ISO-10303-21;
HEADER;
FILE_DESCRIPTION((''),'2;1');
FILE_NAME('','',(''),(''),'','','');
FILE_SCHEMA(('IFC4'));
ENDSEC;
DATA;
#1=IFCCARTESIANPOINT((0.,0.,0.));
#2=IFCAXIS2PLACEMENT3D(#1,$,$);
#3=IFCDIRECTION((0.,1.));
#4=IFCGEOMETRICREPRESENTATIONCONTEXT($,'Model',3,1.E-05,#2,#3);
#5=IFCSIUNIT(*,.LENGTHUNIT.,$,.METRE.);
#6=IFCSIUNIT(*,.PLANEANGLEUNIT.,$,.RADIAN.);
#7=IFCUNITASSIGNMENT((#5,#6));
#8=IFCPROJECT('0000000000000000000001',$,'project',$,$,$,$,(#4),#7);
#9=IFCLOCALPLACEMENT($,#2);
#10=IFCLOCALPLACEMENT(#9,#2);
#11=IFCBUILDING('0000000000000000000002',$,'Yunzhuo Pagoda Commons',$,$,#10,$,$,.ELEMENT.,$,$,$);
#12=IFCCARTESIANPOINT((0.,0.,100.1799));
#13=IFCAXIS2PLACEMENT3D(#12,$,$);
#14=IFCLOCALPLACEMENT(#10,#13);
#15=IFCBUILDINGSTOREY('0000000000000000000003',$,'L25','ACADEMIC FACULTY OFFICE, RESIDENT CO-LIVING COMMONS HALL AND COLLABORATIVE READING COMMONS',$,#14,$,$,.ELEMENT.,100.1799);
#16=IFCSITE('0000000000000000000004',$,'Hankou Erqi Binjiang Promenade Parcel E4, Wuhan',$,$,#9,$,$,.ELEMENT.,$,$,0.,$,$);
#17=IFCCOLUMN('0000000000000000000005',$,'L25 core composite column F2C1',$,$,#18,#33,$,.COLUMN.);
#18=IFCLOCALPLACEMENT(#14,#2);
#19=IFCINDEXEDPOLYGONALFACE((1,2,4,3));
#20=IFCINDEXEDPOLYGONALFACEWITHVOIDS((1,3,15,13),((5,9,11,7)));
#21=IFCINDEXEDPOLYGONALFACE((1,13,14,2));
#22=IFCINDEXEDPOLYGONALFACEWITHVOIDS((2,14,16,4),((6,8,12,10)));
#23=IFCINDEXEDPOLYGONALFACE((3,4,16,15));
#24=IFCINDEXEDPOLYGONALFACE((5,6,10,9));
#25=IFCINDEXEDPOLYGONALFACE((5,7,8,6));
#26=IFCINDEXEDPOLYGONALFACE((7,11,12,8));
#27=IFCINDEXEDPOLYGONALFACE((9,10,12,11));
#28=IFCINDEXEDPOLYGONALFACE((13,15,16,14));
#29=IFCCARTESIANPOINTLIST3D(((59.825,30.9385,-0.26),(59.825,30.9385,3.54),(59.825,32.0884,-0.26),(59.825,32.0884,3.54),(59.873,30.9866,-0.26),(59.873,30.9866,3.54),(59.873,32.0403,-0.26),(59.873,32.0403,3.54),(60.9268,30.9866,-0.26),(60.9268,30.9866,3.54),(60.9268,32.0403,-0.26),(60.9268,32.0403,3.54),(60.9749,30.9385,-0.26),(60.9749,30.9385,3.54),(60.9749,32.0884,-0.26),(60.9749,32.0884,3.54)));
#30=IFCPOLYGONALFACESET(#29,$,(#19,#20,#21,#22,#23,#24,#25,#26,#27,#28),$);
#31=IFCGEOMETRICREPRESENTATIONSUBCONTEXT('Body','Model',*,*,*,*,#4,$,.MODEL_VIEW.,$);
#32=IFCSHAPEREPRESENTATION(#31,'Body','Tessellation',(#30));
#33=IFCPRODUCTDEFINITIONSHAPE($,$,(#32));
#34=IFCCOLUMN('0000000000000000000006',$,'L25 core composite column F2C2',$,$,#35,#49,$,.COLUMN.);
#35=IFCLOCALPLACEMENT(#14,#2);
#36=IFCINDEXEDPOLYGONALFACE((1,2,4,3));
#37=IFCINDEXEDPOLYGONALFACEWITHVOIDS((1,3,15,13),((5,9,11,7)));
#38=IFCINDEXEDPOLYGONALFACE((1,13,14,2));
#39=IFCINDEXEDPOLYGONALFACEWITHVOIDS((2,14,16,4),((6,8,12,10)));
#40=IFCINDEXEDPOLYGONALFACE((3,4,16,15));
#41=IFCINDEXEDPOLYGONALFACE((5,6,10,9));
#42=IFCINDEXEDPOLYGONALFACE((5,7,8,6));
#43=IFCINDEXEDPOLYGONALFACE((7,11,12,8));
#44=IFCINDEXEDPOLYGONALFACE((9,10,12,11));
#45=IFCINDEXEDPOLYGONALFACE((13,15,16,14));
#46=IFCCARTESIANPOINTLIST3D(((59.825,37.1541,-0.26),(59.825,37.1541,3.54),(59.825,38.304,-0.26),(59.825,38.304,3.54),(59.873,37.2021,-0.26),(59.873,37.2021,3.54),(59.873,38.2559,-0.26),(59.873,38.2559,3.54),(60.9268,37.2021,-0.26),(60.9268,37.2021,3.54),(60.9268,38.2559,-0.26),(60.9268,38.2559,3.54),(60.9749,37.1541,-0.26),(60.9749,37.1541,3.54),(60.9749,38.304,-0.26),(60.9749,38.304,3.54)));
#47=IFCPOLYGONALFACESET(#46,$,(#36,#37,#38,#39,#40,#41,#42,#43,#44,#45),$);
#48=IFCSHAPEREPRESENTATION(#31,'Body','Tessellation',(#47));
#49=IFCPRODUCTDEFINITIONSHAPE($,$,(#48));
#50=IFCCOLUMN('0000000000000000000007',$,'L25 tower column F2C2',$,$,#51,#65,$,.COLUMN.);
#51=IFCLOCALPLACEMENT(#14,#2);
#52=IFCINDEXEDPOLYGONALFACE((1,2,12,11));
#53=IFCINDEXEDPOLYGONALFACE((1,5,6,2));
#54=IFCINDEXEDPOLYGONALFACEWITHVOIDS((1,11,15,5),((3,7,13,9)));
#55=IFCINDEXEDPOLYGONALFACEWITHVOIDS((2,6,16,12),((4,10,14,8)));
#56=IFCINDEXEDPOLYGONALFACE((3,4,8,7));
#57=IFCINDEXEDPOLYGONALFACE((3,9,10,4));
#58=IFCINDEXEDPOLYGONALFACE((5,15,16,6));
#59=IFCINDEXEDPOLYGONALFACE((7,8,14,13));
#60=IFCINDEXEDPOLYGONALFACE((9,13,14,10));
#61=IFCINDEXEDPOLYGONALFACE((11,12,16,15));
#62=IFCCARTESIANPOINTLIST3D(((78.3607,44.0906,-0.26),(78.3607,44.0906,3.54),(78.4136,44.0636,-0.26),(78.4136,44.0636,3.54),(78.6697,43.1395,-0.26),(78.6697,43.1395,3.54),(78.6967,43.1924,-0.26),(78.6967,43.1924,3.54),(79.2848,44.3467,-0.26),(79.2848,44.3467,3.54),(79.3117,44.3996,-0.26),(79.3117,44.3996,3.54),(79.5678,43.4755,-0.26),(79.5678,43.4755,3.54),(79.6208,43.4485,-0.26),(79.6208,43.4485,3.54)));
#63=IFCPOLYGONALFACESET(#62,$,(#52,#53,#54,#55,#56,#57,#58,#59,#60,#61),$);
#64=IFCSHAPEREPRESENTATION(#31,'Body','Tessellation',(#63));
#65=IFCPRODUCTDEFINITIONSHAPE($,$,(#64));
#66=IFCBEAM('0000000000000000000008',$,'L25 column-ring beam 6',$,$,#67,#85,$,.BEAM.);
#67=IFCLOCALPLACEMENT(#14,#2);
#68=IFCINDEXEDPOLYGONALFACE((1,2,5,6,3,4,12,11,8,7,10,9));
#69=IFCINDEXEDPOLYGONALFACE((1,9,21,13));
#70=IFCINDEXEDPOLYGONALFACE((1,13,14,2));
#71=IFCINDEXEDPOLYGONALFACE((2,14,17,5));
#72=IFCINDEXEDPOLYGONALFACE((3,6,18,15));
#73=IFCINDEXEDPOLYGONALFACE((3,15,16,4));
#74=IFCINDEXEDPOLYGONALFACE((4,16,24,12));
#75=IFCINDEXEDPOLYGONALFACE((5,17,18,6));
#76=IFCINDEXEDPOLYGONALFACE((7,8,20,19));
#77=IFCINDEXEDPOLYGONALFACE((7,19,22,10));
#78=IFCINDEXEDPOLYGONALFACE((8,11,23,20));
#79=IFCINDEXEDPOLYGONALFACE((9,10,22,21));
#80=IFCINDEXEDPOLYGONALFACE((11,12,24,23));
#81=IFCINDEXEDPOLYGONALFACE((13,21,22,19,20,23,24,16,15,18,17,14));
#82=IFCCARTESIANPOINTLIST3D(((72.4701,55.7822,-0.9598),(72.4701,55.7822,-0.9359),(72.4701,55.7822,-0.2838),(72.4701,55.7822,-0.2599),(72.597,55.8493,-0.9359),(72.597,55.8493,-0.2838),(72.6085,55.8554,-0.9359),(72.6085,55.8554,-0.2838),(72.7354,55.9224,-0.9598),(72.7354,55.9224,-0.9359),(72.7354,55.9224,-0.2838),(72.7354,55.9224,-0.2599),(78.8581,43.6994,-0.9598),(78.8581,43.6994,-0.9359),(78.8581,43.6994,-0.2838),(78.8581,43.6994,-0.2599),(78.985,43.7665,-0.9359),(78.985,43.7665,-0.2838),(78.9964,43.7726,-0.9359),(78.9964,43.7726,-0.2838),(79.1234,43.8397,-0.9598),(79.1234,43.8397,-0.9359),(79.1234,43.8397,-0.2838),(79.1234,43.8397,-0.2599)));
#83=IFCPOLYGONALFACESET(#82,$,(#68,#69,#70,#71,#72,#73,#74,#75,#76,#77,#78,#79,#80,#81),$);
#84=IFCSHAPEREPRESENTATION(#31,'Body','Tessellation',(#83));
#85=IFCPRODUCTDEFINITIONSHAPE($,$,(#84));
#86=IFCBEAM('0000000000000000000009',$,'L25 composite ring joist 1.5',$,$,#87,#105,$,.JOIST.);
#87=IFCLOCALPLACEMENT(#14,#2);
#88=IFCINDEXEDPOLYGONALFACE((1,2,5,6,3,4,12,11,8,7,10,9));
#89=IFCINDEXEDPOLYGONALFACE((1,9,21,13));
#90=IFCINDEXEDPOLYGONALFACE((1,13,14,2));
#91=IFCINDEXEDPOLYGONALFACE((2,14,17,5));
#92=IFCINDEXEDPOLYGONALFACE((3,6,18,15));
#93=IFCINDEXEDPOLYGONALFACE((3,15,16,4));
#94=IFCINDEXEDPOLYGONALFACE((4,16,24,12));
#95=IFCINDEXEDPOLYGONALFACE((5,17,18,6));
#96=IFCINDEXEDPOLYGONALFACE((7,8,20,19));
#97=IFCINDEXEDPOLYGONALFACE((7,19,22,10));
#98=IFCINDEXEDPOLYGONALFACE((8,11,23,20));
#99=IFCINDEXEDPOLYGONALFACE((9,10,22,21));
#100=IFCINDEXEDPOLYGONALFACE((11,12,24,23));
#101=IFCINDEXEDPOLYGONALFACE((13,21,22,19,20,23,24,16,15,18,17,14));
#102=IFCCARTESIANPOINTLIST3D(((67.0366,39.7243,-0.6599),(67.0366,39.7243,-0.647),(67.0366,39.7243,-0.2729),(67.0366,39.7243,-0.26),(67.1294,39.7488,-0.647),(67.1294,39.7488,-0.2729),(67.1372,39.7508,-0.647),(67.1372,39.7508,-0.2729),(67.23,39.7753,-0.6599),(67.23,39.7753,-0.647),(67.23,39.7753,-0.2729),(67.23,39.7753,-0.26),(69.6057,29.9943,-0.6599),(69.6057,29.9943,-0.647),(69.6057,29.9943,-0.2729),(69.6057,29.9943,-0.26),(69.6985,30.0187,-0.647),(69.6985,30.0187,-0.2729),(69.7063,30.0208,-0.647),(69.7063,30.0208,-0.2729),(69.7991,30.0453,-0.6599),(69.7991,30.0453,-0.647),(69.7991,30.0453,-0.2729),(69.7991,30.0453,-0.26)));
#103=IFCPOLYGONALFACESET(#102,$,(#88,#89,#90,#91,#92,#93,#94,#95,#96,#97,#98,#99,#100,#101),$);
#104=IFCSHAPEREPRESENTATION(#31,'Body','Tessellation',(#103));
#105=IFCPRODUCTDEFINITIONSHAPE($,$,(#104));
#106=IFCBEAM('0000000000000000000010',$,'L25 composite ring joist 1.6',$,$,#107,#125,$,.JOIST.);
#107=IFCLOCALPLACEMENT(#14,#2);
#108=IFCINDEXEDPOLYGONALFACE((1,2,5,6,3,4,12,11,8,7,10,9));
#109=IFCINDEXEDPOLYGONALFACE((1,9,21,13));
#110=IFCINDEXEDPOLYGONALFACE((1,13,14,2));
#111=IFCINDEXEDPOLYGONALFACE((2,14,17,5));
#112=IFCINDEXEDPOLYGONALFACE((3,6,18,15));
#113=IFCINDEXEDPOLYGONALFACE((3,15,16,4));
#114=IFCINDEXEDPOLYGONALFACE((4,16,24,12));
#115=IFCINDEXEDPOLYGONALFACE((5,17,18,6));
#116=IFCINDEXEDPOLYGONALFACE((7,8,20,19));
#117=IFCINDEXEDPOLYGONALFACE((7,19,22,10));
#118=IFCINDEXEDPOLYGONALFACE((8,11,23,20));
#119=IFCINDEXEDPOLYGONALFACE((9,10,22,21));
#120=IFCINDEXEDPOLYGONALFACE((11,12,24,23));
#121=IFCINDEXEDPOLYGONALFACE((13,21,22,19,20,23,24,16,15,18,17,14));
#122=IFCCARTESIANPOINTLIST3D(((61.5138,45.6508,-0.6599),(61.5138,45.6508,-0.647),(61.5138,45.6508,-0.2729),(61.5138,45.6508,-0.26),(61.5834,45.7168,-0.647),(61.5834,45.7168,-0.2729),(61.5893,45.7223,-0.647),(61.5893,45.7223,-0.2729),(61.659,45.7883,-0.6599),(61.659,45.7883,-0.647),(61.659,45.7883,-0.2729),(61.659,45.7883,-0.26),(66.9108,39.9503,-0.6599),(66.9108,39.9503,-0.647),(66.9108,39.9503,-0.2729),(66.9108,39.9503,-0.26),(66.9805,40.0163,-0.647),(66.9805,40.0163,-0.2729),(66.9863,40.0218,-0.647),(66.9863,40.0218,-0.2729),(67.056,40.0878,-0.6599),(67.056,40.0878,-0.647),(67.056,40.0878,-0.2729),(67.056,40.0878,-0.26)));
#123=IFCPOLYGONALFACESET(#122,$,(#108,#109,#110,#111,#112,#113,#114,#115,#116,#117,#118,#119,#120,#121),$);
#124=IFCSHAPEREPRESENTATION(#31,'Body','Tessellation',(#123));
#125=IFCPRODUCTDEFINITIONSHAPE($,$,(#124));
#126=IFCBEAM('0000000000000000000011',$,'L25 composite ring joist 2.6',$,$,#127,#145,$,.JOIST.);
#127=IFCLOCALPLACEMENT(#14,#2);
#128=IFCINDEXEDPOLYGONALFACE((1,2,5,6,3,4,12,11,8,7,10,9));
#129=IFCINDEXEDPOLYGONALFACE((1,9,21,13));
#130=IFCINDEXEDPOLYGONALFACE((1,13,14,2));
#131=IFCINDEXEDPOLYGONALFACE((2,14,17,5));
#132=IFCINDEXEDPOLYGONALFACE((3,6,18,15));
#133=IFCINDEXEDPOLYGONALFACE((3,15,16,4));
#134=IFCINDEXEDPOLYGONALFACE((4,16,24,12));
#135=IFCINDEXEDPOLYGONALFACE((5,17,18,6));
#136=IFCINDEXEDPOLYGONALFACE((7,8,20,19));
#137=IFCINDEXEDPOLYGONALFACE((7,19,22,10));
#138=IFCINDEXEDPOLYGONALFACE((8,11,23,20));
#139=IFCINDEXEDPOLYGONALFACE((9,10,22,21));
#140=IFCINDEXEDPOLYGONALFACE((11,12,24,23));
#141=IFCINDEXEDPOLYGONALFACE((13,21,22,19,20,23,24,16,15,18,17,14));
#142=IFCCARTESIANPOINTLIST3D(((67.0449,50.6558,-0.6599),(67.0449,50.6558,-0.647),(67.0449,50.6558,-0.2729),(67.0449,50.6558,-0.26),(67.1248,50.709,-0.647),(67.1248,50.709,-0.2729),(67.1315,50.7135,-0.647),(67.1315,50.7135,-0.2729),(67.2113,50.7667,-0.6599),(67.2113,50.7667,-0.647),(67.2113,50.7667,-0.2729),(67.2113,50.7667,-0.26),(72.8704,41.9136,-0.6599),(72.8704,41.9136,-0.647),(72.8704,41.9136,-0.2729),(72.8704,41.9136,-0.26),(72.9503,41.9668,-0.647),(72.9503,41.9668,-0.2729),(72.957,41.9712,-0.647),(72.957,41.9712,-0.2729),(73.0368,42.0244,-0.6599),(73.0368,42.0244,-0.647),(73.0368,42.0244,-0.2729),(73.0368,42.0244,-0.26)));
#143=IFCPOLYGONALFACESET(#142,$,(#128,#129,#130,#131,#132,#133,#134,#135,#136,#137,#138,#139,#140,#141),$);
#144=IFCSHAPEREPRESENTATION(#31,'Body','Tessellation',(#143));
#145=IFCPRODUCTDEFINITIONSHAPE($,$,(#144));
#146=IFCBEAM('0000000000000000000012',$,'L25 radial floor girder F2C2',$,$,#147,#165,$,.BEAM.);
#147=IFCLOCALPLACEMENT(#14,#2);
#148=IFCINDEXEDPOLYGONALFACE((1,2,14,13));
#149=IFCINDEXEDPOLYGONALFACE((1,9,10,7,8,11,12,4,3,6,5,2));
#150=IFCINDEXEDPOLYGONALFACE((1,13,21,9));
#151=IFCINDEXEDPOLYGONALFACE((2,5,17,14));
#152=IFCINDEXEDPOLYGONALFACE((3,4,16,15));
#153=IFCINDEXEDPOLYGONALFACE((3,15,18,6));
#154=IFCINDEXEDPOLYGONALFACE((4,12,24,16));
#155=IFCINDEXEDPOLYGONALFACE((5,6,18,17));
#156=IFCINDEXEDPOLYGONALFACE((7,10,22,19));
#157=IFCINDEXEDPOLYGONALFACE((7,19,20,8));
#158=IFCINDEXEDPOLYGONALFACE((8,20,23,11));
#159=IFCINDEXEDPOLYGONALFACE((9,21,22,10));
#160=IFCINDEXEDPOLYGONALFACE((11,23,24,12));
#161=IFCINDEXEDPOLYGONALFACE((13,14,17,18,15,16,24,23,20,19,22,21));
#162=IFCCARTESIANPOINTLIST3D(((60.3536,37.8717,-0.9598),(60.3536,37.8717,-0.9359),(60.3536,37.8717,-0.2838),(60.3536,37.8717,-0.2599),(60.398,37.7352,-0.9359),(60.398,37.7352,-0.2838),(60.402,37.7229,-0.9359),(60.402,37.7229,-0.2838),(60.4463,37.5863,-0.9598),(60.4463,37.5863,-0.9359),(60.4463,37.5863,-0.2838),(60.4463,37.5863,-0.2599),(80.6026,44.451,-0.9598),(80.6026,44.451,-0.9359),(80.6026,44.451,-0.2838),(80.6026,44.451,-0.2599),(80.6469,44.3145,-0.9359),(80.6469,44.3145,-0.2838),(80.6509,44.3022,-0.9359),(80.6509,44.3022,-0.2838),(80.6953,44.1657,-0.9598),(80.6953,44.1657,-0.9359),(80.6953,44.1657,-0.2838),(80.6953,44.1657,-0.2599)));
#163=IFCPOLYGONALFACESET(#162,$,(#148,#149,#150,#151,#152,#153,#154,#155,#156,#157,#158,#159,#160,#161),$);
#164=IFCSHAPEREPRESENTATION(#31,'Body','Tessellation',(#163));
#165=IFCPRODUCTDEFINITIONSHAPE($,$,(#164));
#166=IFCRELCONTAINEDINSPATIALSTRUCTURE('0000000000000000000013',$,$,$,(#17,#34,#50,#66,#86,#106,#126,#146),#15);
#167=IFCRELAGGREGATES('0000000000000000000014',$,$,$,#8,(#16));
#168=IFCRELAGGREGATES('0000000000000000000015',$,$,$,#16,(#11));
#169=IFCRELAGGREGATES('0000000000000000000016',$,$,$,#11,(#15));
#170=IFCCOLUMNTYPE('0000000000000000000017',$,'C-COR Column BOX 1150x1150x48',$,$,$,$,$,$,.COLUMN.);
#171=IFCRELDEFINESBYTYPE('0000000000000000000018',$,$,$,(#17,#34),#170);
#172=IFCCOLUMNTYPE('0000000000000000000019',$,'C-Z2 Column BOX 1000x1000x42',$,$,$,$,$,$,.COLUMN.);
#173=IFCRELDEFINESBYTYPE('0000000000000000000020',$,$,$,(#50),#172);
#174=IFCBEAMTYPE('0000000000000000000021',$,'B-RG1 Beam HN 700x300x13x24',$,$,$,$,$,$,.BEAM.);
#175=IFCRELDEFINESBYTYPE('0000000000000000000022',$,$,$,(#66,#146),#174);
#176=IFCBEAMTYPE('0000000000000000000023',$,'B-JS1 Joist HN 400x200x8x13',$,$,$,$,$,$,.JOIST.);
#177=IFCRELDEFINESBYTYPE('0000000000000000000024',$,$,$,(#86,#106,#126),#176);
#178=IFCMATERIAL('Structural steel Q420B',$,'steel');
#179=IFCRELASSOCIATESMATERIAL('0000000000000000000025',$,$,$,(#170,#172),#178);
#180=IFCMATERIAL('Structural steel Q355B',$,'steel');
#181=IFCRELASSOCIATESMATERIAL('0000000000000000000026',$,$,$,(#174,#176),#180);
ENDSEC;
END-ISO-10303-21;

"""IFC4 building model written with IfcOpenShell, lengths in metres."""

from ifc_helpers import new_model, si_unit, direction, frame, origin, origin_2d, place, context, subcontext, project, spatial, hollow_rectangle, i_section, extrude, source, transform, mapped, material, material_profile, profile_set, type_object, element, save


model = new_model("IFC4")

# Units and contexts
model_context = context("Model", 3, precision=1e-05, world=origin(), true_north=direction((0.0, 1.0)))
body_context = subcontext(model_context, "Body", "Model", "MODEL_VIEW")
ifc_project = project(units=[si_unit("LENGTHUNIT", "METRE"), si_unit("PLANEANGLEUNIT", "RADIAN")], contexts=[model_context])

# Site, building, storey
site_placement = place(None, origin())
site = spatial("IfcSite", under=ifc_project, at=site_placement, Name="Hankou Erqi Binjiang Promenade Parcel E4, Wuhan", CompositionType="ELEMENT", RefElevation=0.0)
building_placement = place(site_placement, origin())
building = spatial("IfcBuilding", under=site, at=building_placement, Name="Yunzhuo Pagoda Commons", CompositionType="ELEMENT")
storey_placement = place(building_placement, frame((0.0, 0.0, 100.1799)))
storey = spatial("IfcBuildingStorey", under=building, at=storey_placement, Name="L25", Description="ACADEMIC FACULTY OFFICE, RESIDENT CO-LIVING COMMONS HALL AND COLLABORATIVE READING COMMONS", CompositionType="ELEMENT", Elevation=100.1799)

# Columns
ifc_material_1 = material(Name="Structural steel Q420B", Category="steel")
ifc_material_profile_1 = material_profile(ifc_material_1, hollow_rectangle(XDim=1.1499, YDim=1.1499, WallThickness=0.0481, at=origin_2d()), Name="Structural steel Q420B")
ifc_profile_set_1 = profile_set([ifc_material_profile_1], Name="Structural steel Q420B")
column_type_1 = type_object("IfcColumnType", Name="C-COR Column BOX 1150x1150x48", PredefinedType="COLUMN", material=ifc_profile_set_1)
shared_shape_1 = source(origin(), body_context, "Body", "SweptSolid", [
    extrude(hollow_rectangle(XDim=1.1499, YDim=1.1499, WallThickness=0.0481, at=origin_2d()), origin(), (0.0, 0.0, 1.0), 3.8),
])
for number, where, z_axis, x_axis, name in (
    (1, (60.3999, 31.5134, -0.26), (0.0, 0.0, 1.0), (1.0, 0.0, 0.0), "L25 core composite column F2C1"),
    (2, (60.3999, 37.729, -0.26), (0.0, 0.0, 1.0), (1.0, 0.0, 0.0), "L25 core composite column F2C2"),
):
    element("IfcColumn", number, at=place(storey_placement, frame(where, z_axis=z_axis, x_axis=x_axis)), inside=storey, type_object=column_type_1, Name=name, PredefinedType="COLUMN", context=body_context, shape_type="MappedRepresentation", body=[
        mapped(shared_shape_1, transform((0.0, 0.0, 0.0), scale=1.0)),
    ])
ifc_material_profile_2 = material_profile(ifc_material_1, hollow_rectangle(XDim=1.0, YDim=1.0, WallThickness=0.042, at=origin_2d()), Name="Structural steel Q420B")
ifc_profile_set_2 = profile_set([ifc_material_profile_2], Name="Structural steel Q420B")
column_type_2 = type_object("IfcColumnType", Name="C-Z2 Column BOX 1000x1000x42", PredefinedType="COLUMN", material=ifc_profile_set_2)
shared_shape_2 = source(origin(), body_context, "Body", "SweptSolid", [
    extrude(hollow_rectangle(XDim=1.0, YDim=1.0, WallThickness=0.042, at=origin_2d()), origin(), (0.0, 0.0, 1.0), 3.8),
])
column_placement = place(storey_placement, frame((78.9907, 43.7695, -0.26), z_axis=(0.0, 0.0, 1.0), x_axis=(-0.309017, 0.951057, 0.0)))
element("IfcColumn", 3, at=column_placement, inside=storey, type_object=column_type_2, Name="L25 tower column F2C2", PredefinedType="COLUMN", context=body_context, shape_type="MappedRepresentation", body=[
    mapped(shared_shape_2, transform((0.0, 0.0, 0.0), scale=1.0)),
])

# Beams
ifc_material_2 = material(Name="Structural steel Q355B", Category="steel")
ifc_material_profile_3 = material_profile(ifc_material_2, i_section(OverallWidth=0.3, OverallDepth=0.7, WebThickness=0.0129, FlangeThickness=0.0239, at=origin_2d()), Name="Structural steel Q355B")
ifc_profile_set_3 = profile_set([ifc_material_profile_3], Name="Structural steel Q355B")
beam_type_1 = type_object("IfcBeamType", Name="B-RG1 Beam HN 700x300x13x24", PredefinedType="BEAM", material=ifc_profile_set_3)
shared_shape_3 = source(origin(), body_context, "Body", "SweptSolid", [
    extrude(i_section(OverallWidth=0.3, OverallDepth=0.7, WebThickness=0.0129, FlangeThickness=0.0239, at=origin_2d()), origin(), (0.0, 0.0, 1.0), 13.6675),
])
beam_1_placement = place(storey_placement, frame((78.9907, 43.7695, -0.6099), z_axis=(-0.467384, 0.884055, 0.0), x_axis=(-0.884055, -0.467384, 0.0)))
element("IfcBeam", 4, at=beam_1_placement, inside=storey, type_object=beam_type_1, Name="L25 column-ring beam 6", PredefinedType="BEAM", context=body_context, shape_type="MappedRepresentation", body=[
    mapped(shared_shape_3, transform((0.0, 0.0, 0.0), scale=1.0)),
])
ifc_material_profile_4 = material_profile(ifc_material_2, i_section(OverallWidth=0.2, OverallDepth=0.3999, WebThickness=0.0081, FlangeThickness=0.0129, at=origin_2d()), Name="Structural steel Q355B")
ifc_profile_set_4 = profile_set([ifc_material_profile_4], Name="Structural steel Q355B")
beam_type_2 = type_object("IfcBeamType", Name="B-JS1 Joist HN 400x200x8x13", PredefinedType="JOIST", material=ifc_profile_set_4)
shared_shape_4 = source(origin(), body_context, "Body", "SweptSolid", [
    extrude(i_section(OverallWidth=0.2, OverallDepth=0.3999, WebThickness=0.0081, FlangeThickness=0.0129, at=origin_2d()), origin(), (0.0, 0.0, 1.0), 10.0635),
])
beam_2_placement = place(storey_placement, frame((69.7024, 30.0198, -0.46), z_axis=(-0.25529, 0.966865, 0.0), x_axis=(-0.966865, -0.25529, 0.0)))
element("IfcBeam", 5, at=beam_2_placement, inside=storey, type_object=beam_type_2, Name="L25 composite ring joist 1.5", PredefinedType="JOIST", context=body_context, shape_type="MappedRepresentation", body=[
    mapped(shared_shape_4, transform((0.0, 0.0, 0.0), scale=1.0)),
])
shared_shape_5 = source(origin(), body_context, "Body", "SweptSolid", [
    extrude(i_section(OverallWidth=0.2, OverallDepth=0.3999, WebThickness=0.0081, FlangeThickness=0.0129, at=origin_2d()), origin(), (0.0, 0.0, 1.0), 7.8501),
])
beam_3_placement = place(storey_placement, frame((66.9834, 40.019, -0.46), z_axis=(-0.687513, 0.726172, 0.0), x_axis=(-0.726172, -0.687513, 0.0)))
element("IfcBeam", 6, at=beam_3_placement, inside=storey, type_object=beam_type_2, Name="L25 composite ring joist 1.6", PredefinedType="JOIST", context=body_context, shape_type="MappedRepresentation", body=[
    mapped(shared_shape_5, transform((0.0, 0.0, 0.0), scale=1.0)),
])
shared_shape_6 = source(origin(), body_context, "Body", "SweptSolid", [
    extrude(i_section(OverallWidth=0.2, OverallDepth=0.3999, WebThickness=0.0081, FlangeThickness=0.0129, at=origin_2d()), origin(), (0.0, 0.0, 1.0), 10.5054),
])
beam_4_placement = place(storey_placement, frame((72.9536, 41.969, -0.46), z_axis=(-0.554523, 0.832168, 0.0), x_axis=(-0.832168, -0.554523, 0.0)))
element("IfcBeam", 7, at=beam_4_placement, inside=storey, type_object=beam_type_2, Name="L25 composite ring joist 2.6", PredefinedType="JOIST", context=body_context, shape_type="MappedRepresentation", body=[
    mapped(shared_shape_6, transform((0.0, 0.0, 0.0), scale=1.0)),
])
shared_shape_7 = source(origin(), body_context, "Body", "SweptSolid", [
    extrude(i_section(OverallWidth=0.3, OverallDepth=0.7, WebThickness=0.0129, FlangeThickness=0.0239, at=origin_2d()), origin(), (0.0, 0.0, 1.0), 21.291),
])
beam_5_placement = place(storey_placement, frame((80.6489, 44.3083, -0.6099), z_axis=(-0.951056, -0.309019, 0.0), x_axis=(0.309019, -0.951056, 0.0)))
element("IfcBeam", 8, at=beam_5_placement, inside=storey, type_object=beam_type_1, Name="L25 radial floor girder F2C2", PredefinedType="BEAM", context=body_context, shape_type="MappedRepresentation", body=[
    mapped(shared_shape_7, transform((0.0, 0.0, 0.0), scale=1.0)),
])

save(model, "model.ifc")
